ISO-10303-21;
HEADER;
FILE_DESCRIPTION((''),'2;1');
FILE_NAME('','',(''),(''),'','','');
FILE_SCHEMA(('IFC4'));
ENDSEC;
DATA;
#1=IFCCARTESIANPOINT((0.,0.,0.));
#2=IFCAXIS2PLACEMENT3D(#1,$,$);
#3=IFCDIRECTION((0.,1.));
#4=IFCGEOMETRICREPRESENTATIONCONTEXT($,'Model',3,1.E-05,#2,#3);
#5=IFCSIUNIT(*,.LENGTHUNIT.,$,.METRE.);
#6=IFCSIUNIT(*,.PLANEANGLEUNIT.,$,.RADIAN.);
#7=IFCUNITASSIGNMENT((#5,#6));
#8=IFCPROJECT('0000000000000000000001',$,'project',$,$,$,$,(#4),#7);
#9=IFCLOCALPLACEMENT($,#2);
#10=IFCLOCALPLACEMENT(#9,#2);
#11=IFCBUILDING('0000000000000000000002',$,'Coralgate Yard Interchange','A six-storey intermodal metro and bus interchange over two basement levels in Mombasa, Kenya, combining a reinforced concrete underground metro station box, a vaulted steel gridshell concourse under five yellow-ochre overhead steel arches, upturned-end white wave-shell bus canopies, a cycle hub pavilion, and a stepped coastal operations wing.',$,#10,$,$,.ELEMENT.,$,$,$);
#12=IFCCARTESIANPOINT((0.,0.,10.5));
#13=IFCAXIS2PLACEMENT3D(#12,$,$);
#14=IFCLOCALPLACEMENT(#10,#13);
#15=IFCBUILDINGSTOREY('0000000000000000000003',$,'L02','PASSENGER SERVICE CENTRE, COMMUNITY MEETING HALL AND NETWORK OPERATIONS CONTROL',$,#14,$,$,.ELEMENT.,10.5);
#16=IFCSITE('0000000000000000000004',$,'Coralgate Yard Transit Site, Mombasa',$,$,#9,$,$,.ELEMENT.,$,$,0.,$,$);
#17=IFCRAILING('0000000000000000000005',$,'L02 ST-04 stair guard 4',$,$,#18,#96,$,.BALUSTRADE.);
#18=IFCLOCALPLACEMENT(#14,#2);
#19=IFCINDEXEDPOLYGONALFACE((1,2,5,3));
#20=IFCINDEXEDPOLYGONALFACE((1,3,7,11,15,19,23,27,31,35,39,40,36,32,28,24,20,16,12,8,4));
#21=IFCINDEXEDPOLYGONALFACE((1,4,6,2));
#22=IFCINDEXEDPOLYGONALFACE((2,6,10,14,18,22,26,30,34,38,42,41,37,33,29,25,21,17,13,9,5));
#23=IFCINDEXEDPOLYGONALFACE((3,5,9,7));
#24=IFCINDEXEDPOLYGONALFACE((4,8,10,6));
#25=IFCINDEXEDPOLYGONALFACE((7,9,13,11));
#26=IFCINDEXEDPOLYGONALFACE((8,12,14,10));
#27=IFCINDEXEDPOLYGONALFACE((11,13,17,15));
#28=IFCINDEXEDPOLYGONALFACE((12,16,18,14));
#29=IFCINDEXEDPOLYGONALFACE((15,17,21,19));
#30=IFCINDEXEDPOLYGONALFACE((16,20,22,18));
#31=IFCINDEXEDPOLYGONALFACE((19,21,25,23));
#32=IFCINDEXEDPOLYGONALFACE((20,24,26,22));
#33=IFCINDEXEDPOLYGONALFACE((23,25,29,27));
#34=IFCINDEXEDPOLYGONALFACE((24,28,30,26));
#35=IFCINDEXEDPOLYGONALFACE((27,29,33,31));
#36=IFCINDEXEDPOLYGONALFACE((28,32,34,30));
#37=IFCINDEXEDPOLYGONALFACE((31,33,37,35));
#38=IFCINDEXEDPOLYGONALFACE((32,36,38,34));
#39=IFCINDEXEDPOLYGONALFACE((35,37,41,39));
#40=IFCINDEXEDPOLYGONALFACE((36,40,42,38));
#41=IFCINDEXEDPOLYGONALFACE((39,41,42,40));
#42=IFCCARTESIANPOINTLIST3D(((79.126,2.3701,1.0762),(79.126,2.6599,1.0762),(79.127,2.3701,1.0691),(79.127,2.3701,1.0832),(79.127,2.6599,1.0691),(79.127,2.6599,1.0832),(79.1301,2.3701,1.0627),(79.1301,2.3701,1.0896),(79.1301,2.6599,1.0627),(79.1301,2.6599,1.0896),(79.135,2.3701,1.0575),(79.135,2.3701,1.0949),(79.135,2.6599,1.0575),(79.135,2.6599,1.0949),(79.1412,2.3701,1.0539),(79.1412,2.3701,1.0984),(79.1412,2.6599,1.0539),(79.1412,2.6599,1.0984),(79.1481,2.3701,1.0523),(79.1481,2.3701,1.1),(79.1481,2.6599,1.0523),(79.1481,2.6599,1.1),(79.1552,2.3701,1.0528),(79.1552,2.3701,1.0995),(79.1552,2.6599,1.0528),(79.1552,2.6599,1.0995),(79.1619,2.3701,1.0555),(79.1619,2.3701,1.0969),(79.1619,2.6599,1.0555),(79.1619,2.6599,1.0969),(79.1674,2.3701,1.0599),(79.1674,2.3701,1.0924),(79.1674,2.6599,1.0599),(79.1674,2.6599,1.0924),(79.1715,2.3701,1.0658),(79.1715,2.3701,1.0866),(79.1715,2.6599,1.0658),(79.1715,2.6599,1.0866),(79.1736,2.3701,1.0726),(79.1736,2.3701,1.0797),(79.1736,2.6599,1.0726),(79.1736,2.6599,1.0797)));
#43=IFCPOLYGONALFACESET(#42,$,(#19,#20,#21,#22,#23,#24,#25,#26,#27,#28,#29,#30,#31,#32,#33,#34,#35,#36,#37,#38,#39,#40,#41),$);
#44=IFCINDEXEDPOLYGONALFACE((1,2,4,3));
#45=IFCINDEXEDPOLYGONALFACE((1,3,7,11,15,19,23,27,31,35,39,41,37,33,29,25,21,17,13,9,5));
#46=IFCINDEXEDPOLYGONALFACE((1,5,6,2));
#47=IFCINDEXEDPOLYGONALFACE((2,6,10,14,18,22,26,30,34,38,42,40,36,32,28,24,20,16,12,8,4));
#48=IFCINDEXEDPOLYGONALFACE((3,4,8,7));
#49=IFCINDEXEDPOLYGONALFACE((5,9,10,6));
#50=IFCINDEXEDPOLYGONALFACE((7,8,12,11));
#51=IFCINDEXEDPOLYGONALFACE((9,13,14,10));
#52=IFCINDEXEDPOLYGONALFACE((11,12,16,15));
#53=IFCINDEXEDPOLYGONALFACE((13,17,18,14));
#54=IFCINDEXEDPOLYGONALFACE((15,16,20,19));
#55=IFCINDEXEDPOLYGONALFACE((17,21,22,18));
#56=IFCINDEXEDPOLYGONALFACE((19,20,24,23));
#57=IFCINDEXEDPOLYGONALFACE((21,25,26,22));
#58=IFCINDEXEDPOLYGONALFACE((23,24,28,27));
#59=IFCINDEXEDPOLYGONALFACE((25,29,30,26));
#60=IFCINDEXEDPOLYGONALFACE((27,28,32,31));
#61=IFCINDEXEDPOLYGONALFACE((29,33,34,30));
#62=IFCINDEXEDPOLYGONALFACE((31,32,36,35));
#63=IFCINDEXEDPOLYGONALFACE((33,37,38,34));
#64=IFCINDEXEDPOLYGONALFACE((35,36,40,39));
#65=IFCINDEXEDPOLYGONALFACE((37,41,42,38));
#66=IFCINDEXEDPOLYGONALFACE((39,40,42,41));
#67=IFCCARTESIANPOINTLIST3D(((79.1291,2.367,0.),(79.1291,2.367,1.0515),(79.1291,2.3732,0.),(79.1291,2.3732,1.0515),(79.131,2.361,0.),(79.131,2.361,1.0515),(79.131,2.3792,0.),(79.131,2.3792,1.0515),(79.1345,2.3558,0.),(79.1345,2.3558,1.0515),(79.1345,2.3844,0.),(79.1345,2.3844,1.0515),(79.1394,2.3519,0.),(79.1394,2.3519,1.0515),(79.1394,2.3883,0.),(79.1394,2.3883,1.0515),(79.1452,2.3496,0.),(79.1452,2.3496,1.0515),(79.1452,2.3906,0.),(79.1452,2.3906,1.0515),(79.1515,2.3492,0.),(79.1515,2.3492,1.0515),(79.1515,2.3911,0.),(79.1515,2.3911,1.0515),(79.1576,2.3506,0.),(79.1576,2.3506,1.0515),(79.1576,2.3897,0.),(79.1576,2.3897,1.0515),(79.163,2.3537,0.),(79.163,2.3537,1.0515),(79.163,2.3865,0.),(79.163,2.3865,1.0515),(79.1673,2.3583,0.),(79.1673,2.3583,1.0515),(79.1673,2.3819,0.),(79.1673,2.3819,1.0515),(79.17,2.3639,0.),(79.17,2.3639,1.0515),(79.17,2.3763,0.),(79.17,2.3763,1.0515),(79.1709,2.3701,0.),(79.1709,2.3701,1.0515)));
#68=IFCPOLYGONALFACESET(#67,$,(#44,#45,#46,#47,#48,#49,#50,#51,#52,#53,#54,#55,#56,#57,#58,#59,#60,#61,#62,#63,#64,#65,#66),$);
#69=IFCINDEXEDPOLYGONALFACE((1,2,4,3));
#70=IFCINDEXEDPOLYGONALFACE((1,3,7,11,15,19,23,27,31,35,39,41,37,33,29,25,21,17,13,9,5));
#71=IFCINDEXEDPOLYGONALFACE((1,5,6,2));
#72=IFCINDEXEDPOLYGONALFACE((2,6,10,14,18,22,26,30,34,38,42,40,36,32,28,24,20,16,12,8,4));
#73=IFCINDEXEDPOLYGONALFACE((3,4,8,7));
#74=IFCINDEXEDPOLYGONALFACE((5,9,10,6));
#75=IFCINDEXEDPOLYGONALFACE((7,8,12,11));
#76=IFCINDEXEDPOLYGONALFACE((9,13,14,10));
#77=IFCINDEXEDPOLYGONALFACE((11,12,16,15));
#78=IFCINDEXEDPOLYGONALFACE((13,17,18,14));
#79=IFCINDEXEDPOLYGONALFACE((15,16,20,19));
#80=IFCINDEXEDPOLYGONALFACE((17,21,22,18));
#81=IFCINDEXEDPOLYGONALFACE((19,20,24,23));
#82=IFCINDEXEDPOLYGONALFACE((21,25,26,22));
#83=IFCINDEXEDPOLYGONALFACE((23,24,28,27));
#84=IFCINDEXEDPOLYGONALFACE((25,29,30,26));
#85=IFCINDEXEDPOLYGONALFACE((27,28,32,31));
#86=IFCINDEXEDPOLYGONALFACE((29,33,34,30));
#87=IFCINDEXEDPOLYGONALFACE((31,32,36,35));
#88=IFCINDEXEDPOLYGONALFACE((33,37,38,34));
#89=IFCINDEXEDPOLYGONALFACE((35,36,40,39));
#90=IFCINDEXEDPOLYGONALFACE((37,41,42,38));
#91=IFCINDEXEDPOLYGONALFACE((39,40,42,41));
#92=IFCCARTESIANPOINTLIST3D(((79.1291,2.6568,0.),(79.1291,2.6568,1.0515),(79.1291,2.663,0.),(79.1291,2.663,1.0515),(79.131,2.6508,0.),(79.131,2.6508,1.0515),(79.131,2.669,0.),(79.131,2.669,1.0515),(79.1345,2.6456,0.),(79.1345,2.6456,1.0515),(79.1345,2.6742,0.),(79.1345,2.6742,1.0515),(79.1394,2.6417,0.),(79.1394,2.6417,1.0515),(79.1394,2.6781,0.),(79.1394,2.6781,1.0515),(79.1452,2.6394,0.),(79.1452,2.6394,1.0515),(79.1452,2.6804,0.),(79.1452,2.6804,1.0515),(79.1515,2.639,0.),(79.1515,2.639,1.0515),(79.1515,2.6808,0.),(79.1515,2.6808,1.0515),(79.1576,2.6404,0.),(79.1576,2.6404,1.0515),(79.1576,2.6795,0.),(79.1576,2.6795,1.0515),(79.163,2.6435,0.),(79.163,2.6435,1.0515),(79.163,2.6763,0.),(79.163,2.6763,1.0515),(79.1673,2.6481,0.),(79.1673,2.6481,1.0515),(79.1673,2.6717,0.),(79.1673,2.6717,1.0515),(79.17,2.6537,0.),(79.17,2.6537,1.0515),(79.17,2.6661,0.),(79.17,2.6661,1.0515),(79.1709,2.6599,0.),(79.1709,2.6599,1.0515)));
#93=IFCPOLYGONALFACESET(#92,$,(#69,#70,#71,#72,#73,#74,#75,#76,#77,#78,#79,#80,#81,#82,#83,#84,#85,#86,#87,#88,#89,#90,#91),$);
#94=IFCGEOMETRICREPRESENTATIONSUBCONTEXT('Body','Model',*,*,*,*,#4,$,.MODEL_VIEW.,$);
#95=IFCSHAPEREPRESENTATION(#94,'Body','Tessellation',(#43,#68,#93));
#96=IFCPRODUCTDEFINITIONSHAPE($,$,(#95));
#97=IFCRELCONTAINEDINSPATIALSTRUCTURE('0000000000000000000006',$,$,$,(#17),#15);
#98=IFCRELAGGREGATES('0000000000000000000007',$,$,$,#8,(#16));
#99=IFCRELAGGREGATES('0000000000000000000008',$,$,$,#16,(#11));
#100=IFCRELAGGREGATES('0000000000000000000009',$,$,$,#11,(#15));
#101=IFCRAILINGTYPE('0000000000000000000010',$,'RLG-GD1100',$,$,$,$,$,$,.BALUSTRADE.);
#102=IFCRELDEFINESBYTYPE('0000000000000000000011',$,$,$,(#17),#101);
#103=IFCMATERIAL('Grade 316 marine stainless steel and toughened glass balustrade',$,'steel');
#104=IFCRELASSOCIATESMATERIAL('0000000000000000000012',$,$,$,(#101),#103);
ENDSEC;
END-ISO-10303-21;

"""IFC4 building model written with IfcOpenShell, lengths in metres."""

from ifc_helpers import new_model, si_unit, direction, frame, origin, origin_2d, place, context, subcontext, project, spatial, circle, extrude, material, type_object, element, save


model = new_model("IFC4")

# Units and contexts
model_context = context("Model", 3, precision=1e-05, world=origin(), true_north=direction((0.0, 1.0)))
body_context = subcontext(model_context, "Body", "Model", "MODEL_VIEW")
ifc_project = project(units=[si_unit("LENGTHUNIT", "METRE"), si_unit("PLANEANGLEUNIT", "RADIAN")], contexts=[model_context])

# Site, building, storey
site_placement = place(None, origin())
site = spatial("IfcSite", under=ifc_project, at=site_placement, Name="Coralgate Yard Transit Site, Mombasa", CompositionType="ELEMENT", RefElevation=0.0)
building_placement = place(site_placement, origin())
building = spatial("IfcBuilding", under=site, at=building_placement, Name="Coralgate Yard Interchange", Description="A six-storey intermodal metro and bus interchange over two basement levels in Mombasa, Kenya, combining a reinforced concrete underground metro station box, a vaulted steel gridshell concourse under five yellow-ochre overhead steel arches, upturned-end white wave-shell bus canopies, a cycle hub pavilion, and a stepped coastal operations wing.", CompositionType="ELEMENT")
storey_placement = place(building_placement, frame((0.0, 0.0, 10.5)))
storey = spatial("IfcBuildingStorey", under=building, at=storey_placement, Name="L02", Description="PASSENGER SERVICE CENTRE, COMMUNITY MEETING HALL AND NETWORK OPERATIONS CONTROL", CompositionType="ELEMENT", Elevation=10.5)

# Railing
ifc_material_1 = material(Name="Grade 316 marine stainless steel and toughened glass balustrade", Category="steel")
railing_type_1 = type_object("IfcRailingType", Name="RLG-GD1100", PredefinedType="BALUSTRADE", material=ifc_material_1)
railing_1_placement = place(storey_placement, frame((79.1499, 2.3701, 0.0)))
element("IfcRailing", 1, at=railing_1_placement, inside=storey, type_object=railing_type_1, Name="L02 ST-04 stair guard 4", PredefinedType="BALUSTRADE", context=body_context, shape_type="SweptSolid", body=[
    extrude(circle(Radius=0.0239, at=origin_2d()), frame((0.0, 0.0, 1.0762), z_axis=(0.0, 1.0, 0.0), x_axis=(-1.0, 0.0, 0.0)), (0.0, 0.0, 1.0), 0.2898),
    extrude(circle(Radius=0.021, at=origin_2d()), origin(), (0.0, 0.0, 1.0), 1.0515),
    extrude(circle(Radius=0.021, at=origin_2d()), frame((0.0, 0.2898, 0.0)), (0.0, 0.0, 1.0), 1.0515),
])

save(model, "model.ifc")
